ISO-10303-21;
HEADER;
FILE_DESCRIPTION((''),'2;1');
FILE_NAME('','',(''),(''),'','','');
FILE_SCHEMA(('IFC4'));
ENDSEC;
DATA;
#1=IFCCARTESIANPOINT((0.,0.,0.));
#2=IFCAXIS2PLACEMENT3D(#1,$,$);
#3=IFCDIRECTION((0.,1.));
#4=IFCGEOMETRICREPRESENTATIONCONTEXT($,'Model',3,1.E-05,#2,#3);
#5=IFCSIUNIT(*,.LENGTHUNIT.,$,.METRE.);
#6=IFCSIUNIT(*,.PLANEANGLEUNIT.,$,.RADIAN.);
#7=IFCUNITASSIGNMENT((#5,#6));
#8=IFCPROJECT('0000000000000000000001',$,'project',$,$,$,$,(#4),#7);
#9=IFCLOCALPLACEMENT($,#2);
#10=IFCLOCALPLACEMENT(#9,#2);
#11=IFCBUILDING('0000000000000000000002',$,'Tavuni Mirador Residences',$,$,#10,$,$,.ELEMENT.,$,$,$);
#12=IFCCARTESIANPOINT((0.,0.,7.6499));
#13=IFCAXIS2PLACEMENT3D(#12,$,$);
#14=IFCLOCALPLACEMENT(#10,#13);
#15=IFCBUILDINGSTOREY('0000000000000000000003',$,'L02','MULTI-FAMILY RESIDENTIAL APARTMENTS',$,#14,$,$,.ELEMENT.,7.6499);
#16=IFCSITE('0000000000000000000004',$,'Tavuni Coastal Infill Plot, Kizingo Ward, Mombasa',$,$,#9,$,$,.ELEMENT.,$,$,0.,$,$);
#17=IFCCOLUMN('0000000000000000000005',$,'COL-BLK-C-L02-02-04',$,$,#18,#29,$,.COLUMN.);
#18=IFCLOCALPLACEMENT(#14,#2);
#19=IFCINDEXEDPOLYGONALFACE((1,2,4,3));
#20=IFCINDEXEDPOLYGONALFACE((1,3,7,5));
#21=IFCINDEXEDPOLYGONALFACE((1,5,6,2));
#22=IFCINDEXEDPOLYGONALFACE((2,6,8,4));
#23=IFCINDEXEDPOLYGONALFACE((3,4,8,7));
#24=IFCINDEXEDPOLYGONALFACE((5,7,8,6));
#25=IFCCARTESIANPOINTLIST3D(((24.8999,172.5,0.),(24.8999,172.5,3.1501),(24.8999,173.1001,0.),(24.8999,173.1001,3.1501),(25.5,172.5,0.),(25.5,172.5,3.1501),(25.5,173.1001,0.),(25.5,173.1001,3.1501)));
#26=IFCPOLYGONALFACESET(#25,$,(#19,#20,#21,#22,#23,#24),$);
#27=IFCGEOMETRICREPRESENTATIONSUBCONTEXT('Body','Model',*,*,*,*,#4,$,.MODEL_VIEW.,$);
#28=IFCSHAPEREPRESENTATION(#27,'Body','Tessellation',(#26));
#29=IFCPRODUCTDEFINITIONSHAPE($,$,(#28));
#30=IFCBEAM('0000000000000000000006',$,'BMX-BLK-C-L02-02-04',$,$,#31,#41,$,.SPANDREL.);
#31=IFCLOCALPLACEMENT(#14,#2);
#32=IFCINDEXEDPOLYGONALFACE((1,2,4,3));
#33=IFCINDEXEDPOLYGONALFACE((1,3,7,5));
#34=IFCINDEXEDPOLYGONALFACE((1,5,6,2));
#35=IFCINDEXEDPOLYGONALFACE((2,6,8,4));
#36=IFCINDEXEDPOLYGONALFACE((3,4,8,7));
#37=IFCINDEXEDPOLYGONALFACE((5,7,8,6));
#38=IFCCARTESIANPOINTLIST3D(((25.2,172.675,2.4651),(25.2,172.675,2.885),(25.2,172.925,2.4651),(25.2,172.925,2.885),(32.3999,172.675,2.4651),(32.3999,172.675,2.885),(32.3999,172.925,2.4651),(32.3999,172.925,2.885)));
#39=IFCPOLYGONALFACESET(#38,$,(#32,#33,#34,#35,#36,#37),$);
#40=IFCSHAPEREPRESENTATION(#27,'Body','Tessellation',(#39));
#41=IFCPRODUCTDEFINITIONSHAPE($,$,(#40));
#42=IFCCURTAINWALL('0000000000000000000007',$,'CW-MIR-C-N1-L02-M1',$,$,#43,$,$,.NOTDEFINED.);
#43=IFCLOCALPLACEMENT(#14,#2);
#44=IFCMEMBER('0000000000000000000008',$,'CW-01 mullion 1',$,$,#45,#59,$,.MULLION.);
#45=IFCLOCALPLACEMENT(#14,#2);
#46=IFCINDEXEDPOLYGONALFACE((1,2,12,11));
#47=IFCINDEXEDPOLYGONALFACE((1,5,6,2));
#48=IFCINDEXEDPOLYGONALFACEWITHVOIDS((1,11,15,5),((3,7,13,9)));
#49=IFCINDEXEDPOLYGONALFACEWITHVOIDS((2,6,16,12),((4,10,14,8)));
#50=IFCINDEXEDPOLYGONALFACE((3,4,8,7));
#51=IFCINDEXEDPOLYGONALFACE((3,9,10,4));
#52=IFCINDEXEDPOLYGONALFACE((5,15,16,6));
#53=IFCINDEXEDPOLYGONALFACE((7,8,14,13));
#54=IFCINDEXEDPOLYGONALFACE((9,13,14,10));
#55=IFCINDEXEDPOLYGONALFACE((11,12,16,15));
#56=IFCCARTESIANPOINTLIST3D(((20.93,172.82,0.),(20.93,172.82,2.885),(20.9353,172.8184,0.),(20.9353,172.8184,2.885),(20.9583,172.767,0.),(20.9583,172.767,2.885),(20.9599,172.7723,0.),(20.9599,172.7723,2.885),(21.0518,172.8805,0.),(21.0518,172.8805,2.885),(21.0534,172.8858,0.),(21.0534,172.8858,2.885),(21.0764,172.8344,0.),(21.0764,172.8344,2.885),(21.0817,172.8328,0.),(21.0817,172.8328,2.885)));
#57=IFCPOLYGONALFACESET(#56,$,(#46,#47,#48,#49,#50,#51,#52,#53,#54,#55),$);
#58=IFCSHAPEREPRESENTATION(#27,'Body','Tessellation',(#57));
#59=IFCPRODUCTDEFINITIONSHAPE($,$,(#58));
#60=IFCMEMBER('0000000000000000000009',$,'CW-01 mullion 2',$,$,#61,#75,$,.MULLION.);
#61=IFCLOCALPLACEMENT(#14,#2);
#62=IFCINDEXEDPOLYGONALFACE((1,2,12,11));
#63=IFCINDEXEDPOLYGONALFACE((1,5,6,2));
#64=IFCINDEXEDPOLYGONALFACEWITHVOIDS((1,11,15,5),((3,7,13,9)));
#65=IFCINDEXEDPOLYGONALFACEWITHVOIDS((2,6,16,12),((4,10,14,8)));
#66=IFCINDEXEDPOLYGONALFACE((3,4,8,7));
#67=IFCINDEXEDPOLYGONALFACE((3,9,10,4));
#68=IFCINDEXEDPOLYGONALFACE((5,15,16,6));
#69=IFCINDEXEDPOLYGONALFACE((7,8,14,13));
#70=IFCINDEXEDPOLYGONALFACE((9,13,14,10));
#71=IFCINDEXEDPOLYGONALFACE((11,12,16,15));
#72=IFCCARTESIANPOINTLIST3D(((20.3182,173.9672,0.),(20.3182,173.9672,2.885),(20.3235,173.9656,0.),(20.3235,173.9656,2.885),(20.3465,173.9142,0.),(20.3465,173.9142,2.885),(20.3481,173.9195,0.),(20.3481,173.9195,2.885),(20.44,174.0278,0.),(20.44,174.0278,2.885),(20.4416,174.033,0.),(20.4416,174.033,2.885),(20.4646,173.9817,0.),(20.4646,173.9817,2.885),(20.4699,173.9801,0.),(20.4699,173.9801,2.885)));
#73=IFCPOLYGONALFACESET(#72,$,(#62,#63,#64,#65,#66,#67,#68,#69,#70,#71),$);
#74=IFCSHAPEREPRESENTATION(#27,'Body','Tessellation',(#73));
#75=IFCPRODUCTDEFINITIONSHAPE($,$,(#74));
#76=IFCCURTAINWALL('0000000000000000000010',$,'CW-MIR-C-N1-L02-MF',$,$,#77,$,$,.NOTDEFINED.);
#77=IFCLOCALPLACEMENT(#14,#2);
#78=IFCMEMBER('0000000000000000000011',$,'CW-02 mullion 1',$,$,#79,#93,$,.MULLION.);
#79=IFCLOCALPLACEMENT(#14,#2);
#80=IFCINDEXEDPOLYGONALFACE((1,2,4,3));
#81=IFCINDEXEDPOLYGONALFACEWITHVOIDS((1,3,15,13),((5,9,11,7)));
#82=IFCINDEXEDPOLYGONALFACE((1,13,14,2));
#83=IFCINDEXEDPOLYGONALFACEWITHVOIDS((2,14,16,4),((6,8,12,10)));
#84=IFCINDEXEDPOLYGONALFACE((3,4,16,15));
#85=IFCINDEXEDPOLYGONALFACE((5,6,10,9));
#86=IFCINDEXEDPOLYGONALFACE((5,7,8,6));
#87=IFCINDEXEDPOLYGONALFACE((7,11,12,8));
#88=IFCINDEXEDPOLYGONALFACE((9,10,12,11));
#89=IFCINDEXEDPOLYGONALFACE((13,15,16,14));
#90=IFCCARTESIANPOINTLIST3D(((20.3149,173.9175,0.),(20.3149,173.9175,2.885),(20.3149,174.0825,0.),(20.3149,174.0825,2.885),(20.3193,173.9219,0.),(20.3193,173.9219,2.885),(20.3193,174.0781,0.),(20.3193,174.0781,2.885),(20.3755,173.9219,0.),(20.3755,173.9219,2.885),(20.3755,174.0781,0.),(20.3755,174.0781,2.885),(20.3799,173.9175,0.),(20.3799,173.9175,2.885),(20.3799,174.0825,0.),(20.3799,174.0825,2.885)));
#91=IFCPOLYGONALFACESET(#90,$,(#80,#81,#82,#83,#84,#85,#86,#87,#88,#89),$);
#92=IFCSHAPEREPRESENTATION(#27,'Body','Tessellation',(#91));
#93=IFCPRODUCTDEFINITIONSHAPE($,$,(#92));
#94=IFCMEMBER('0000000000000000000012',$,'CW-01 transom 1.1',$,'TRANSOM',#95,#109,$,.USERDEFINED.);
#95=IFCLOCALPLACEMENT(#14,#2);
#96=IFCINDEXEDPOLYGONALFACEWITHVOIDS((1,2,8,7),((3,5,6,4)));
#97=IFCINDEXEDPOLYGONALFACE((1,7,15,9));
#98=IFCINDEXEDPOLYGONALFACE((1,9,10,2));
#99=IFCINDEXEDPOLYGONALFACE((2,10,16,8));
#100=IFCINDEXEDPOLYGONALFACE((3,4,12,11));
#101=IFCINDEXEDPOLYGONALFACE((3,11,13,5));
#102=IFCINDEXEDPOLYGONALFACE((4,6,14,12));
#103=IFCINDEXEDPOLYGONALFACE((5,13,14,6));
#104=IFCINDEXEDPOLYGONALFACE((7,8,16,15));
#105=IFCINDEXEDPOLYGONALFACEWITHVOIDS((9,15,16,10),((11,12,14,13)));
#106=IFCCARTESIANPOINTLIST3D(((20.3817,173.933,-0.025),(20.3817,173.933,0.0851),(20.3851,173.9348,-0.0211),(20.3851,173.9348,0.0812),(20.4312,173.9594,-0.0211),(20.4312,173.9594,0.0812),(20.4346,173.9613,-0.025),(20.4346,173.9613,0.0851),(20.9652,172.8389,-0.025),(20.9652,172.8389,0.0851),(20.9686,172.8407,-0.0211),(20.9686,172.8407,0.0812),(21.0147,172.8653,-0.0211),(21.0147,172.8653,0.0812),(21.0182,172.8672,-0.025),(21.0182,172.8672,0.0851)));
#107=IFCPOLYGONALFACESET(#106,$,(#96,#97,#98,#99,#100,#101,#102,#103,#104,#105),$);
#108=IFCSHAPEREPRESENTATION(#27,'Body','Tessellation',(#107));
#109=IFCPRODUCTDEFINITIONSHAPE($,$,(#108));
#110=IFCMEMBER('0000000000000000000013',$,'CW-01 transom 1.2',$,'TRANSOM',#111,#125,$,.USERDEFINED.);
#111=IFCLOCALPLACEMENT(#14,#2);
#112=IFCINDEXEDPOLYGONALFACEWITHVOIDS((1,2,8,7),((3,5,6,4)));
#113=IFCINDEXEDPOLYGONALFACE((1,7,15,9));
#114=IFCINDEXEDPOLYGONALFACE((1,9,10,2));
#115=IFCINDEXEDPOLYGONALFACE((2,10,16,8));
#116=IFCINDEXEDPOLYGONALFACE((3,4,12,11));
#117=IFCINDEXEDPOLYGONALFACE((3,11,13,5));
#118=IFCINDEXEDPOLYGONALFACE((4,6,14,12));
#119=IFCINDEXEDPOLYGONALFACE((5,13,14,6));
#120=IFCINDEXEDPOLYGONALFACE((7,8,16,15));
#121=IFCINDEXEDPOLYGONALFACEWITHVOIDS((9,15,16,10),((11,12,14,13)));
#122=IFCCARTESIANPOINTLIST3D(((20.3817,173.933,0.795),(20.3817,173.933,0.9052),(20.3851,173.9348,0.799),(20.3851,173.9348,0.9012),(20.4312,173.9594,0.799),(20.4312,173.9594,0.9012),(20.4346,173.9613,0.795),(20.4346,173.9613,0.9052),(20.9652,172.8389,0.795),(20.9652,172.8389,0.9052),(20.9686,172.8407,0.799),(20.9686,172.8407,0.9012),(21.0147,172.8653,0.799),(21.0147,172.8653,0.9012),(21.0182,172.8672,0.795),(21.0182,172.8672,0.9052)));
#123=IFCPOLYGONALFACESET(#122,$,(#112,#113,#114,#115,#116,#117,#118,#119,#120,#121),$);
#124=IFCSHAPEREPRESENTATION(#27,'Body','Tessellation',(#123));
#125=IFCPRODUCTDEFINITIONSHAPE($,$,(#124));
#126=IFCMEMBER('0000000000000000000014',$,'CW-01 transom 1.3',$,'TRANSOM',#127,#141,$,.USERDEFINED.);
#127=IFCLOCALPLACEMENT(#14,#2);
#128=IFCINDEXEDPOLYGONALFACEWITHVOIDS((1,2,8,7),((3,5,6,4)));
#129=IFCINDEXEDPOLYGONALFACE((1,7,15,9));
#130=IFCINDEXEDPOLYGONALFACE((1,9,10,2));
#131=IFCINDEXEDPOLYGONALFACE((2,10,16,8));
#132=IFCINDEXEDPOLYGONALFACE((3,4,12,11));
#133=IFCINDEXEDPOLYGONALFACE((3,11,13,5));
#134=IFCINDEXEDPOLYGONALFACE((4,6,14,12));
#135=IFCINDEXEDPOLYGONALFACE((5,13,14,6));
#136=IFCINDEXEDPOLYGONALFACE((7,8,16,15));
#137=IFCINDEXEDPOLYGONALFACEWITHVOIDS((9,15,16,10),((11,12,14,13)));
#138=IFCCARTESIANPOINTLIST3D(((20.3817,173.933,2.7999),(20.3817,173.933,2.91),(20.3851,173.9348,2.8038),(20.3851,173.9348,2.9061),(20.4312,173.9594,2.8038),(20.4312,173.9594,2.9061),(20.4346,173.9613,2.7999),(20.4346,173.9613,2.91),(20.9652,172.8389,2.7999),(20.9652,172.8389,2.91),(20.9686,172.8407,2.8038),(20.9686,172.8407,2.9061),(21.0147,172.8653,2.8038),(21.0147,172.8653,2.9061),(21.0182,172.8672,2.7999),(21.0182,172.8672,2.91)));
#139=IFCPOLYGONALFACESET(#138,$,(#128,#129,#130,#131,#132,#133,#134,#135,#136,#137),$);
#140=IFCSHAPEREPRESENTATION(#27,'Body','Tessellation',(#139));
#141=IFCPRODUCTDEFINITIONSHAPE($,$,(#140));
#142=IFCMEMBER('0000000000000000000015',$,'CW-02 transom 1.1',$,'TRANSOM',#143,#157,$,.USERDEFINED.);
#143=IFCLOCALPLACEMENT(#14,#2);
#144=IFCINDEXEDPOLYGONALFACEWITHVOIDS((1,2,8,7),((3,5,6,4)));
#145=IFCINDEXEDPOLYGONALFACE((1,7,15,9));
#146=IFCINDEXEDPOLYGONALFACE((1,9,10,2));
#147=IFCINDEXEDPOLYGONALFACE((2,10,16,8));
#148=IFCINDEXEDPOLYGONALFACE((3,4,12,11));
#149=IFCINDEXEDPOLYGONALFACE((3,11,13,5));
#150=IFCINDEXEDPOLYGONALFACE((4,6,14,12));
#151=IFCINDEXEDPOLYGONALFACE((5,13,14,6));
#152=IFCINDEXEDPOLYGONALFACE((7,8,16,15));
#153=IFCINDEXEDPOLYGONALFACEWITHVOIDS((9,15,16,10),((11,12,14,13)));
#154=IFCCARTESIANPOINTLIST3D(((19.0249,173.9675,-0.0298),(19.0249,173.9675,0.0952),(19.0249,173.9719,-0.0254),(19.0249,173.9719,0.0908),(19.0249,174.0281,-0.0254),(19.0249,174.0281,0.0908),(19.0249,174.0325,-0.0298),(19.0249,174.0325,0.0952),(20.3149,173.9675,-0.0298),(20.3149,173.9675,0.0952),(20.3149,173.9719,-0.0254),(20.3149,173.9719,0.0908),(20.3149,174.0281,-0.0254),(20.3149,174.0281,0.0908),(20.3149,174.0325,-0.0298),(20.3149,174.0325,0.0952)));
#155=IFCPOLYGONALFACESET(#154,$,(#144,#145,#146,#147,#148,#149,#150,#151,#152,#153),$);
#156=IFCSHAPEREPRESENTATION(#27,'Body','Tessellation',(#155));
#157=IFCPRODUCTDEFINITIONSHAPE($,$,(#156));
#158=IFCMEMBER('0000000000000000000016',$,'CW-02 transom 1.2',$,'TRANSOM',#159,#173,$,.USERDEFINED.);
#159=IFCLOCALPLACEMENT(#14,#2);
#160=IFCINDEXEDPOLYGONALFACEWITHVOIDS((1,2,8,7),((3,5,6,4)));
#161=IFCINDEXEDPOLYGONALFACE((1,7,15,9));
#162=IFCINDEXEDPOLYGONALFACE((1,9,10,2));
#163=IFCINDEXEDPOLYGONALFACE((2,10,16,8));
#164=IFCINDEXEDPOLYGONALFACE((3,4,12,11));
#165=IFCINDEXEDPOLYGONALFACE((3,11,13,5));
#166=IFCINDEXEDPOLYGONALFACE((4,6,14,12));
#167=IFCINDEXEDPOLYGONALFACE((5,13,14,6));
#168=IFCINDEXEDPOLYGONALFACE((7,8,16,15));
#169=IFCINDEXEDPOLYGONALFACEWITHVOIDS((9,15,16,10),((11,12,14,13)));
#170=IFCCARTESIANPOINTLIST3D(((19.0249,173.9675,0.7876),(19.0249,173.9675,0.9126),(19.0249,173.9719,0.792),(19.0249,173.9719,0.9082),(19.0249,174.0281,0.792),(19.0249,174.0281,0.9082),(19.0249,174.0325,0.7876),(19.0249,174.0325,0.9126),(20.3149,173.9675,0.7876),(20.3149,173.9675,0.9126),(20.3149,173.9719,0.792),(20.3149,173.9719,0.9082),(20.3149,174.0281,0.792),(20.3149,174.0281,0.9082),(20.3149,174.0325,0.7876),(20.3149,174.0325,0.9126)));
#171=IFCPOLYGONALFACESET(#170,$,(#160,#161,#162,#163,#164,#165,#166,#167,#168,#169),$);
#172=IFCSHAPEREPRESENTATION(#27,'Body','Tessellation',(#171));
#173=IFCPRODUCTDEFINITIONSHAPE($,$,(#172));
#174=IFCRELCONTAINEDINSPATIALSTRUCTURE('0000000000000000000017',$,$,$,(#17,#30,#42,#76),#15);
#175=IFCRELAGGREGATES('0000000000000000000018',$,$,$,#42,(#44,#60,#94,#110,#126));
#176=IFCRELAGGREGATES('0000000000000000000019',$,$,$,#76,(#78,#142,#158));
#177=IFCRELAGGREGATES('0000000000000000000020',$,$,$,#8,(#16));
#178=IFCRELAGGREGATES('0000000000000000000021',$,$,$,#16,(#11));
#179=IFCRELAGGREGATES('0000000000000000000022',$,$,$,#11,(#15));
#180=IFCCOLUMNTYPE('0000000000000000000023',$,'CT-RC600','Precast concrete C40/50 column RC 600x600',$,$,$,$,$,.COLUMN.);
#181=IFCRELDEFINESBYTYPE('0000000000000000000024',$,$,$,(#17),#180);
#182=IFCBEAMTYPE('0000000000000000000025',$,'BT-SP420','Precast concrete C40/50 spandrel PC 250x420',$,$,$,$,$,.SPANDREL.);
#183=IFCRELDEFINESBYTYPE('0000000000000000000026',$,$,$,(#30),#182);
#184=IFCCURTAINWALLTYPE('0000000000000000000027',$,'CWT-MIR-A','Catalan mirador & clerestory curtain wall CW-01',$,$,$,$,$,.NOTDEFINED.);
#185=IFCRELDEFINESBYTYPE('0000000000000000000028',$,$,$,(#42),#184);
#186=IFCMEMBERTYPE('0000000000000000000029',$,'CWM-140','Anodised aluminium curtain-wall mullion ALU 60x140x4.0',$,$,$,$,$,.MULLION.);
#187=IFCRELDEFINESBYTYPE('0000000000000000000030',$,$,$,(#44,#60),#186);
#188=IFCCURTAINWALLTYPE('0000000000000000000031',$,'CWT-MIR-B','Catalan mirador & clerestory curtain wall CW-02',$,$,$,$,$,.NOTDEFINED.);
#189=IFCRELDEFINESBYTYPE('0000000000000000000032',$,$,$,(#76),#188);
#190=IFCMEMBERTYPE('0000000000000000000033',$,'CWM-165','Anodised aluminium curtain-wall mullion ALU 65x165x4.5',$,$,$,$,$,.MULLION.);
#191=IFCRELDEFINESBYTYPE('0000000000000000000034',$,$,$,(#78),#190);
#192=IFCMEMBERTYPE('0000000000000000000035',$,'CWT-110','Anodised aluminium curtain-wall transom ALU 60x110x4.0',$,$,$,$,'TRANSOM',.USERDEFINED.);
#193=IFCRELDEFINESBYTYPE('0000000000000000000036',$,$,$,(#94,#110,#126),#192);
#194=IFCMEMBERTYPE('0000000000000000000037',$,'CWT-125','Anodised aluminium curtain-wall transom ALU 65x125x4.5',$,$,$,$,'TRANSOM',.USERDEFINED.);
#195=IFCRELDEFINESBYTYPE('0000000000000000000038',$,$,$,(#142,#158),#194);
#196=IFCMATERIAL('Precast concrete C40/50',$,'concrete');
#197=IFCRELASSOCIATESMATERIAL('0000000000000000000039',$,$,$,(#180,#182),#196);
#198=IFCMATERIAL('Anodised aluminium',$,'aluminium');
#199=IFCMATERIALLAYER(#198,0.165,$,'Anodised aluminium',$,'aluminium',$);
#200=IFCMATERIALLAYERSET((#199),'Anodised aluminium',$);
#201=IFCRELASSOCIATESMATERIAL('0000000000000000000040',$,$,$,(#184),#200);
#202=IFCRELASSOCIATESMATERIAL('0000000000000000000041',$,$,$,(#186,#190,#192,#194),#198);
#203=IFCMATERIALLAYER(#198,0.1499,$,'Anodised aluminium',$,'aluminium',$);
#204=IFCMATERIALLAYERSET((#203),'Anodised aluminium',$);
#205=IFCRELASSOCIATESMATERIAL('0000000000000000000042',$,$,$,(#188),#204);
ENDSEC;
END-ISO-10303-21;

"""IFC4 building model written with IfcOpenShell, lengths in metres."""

from ifc_helpers import new_model, si_unit, direction, frame, origin, origin_2d, place, context, subcontext, project, spatial, rectangle, hollow_rectangle, extrude, material, layer, layer_set, material_profile, profile_set, type_object, element, aggregate, save


model = new_model("IFC4")

# Units and contexts
model_context = context("Model", 3, precision=1e-05, world=origin(), true_north=direction((0.0, 1.0)))
body_context = subcontext(model_context, "Body", "Model", "MODEL_VIEW")
ifc_project = project(units=[si_unit("LENGTHUNIT", "METRE"), si_unit("PLANEANGLEUNIT", "RADIAN")], contexts=[model_context])

# Site, building, storey
site_placement = place(None, origin())
site = spatial("IfcSite", under=ifc_project, at=site_placement, Name="Tavuni Coastal Infill Plot, Kizingo Ward, Mombasa", CompositionType="ELEMENT", RefElevation=0.0)
building_placement = place(site_placement, origin())
building = spatial("IfcBuilding", under=site, at=building_placement, Name="Tavuni Mirador Residences", CompositionType="ELEMENT")
storey_placement = place(building_placement, frame((0.0, 0.0, 7.6499)))
storey = spatial("IfcBuildingStorey", under=building, at=storey_placement, Name="L02", Description="MULTI-FAMILY RESIDENTIAL APARTMENTS", CompositionType="ELEMENT", Elevation=7.6499)

# Column
ifc_material_1 = material(Name="Precast concrete C40/50", Category="concrete")
ifc_material_profile_1 = material_profile(ifc_material_1, rectangle(XDim=0.6001, YDim=0.6001, at=origin_2d()), Name="RC 600x600", Category="concrete")
ifc_profile_set_1 = profile_set([ifc_material_profile_1], Name="Precast concrete C40/50")
column_type = type_object("IfcColumnType", Name="CT-RC600", Description="Precast concrete C40/50 column RC 600x600", PredefinedType="COLUMN", material=ifc_profile_set_1)
column_placement = place(storey_placement, frame((25.2, 172.8, 0.0), z_axis=(0.0, 0.0, 1.0), x_axis=(1.0, 0.0, 0.0)))
element("IfcColumn", 1, at=column_placement, inside=storey, type_object=column_type, Name="COL-BLK-C-L02-02-04", PredefinedType="COLUMN", context=body_context, shape_type="SweptSolid", body=[
    extrude(rectangle(XDim=0.6001, YDim=0.6001, at=origin_2d()), origin(), (0.0, 0.0, 1.0), 3.1501),
])

# Beam
ifc_material_profile_2 = material_profile(ifc_material_1, rectangle(XDim=0.25, YDim=0.4199, at=origin_2d()), Name="PC 250x420", Category="concrete")
ifc_profile_set_2 = profile_set([ifc_material_profile_2], Name="Precast concrete C40/50")
beam_type = type_object("IfcBeamType", Name="BT-SP420", Description="Precast concrete C40/50 spandrel PC 250x420", PredefinedType="SPANDREL", material=ifc_profile_set_2)
beam_placement = place(storey_placement, frame((25.2, 172.8, 2.675), z_axis=(1.0, 0.0, 0.0), x_axis=(0.0, 1.0, 0.0)))
element("IfcBeam", 2, at=beam_placement, inside=storey, type_object=beam_type, Name="BMX-BLK-C-L02-02-04", PredefinedType="SPANDREL", context=body_context, shape_type="SweptSolid", body=[
    extrude(rectangle(XDim=0.25, YDim=0.4199, at=origin_2d()), origin(), (0.0, 0.0, 1.0), 7.2),
])

# Curtain wall, members
ifc_material_2 = material(Name="Anodised aluminium", Category="aluminium")
ifc_layer_1 = layer(ifc_material_2, 0.165, Name="Anodised aluminium", Category="aluminium")
ifc_layer_set_1 = layer_set([ifc_layer_1], Name="Anodised aluminium")
curtain_wall_type_1 = type_object("IfcCurtainWallType", Name="CWT-MIR-A", Description="Catalan mirador & clerestory curtain wall CW-01", PredefinedType="NOTDEFINED", material=ifc_layer_set_1)
curtain_wall_1_placement = place(storey_placement, origin())
curtain_wall_1 = element("IfcCurtainWall", 3, at=curtain_wall_1_placement, inside=storey, type_object=curtain_wall_type_1, Name="CW-MIR-C-N1-L02-M1", PredefinedType="NOTDEFINED")
ifc_material_profile_3 = material_profile(ifc_material_2, hollow_rectangle(XDim=0.0601, YDim=0.1399, WallThickness=0.0039, at=origin_2d()), Name="ALU 60x140x4.0", Category="aluminium")
ifc_profile_set_3 = profile_set([ifc_material_profile_3], Name="Anodised aluminium")
member_type_1 = type_object("IfcMemberType", Name="CWM-140", Description="Anodised aluminium curtain-wall mullion ALU 60x140x4.0", PredefinedType="MULLION", material=ifc_profile_set_3)
member_1_placement = place(storey_placement, frame((21.0059, 172.8264, 0.0), z_axis=(0.0, 0.0, 1.0), x_axis=(-0.470588, 0.882353, 0.0)))
member_1 = element("IfcMember", 4, at=member_1_placement, type_object=member_type_1, Name="CW-01 mullion 1", PredefinedType="MULLION", context=body_context, shape_type="SweptSolid", body=[
    extrude(hollow_rectangle(XDim=0.0601, YDim=0.1399, WallThickness=0.0039, at=origin_2d()), origin(), (0.0, 0.0, 1.0), 2.885),
])
member_2_placement = place(storey_placement, frame((20.394, 173.9736, 0.0), z_axis=(0.0, 0.0, 1.0), x_axis=(-0.470588, 0.882353, 0.0)))
member_2 = element("IfcMember", 5, at=member_2_placement, type_object=member_type_1, Name="CW-01 mullion 2", PredefinedType="MULLION", context=body_context, shape_type="SweptSolid", body=[
    extrude(hollow_rectangle(XDim=0.0601, YDim=0.1399, WallThickness=0.0039, at=origin_2d()), origin(), (0.0, 0.0, 1.0), 2.885),
])

# Curtain wall, member
ifc_layer_2 = layer(ifc_material_2, 0.1499, Name="Anodised aluminium", Category="aluminium")
ifc_layer_set_2 = layer_set([ifc_layer_2], Name="Anodised aluminium")
curtain_wall_type_2 = type_object("IfcCurtainWallType", Name="CWT-MIR-B", Description="Catalan mirador & clerestory curtain wall CW-02", PredefinedType="NOTDEFINED", material=ifc_layer_set_2)
curtain_wall_2_placement = place(storey_placement, origin())
curtain_wall_2 = element("IfcCurtainWall", 6, at=curtain_wall_2_placement, inside=storey, type_object=curtain_wall_type_2, Name="CW-MIR-C-N1-L02-MF", PredefinedType="NOTDEFINED")
ifc_material_profile_4 = material_profile(ifc_material_2, hollow_rectangle(XDim=0.0649, YDim=0.165, WallThickness=0.0044, at=origin_2d()), Name="ALU 65x165x4.5", Category="aluminium")
ifc_profile_set_4 = profile_set([ifc_material_profile_4], Name="Anodised aluminium")
member_type_2 = type_object("IfcMemberType", Name="CWM-165", Description="Anodised aluminium curtain-wall mullion ALU 65x165x4.5", PredefinedType="MULLION", material=ifc_profile_set_4)
member_3_placement = place(storey_placement, frame((20.3474, 174.0, 0.0), z_axis=(0.0, 0.0, 1.0), x_axis=(-1.0, 0.0, 0.0)))
member_3 = element("IfcMember", 7, at=member_3_placement, type_object=member_type_2, Name="CW-02 mullion 1", PredefinedType="MULLION", context=body_context, shape_type="SweptSolid", body=[
    extrude(hollow_rectangle(XDim=0.0649, YDim=0.165, WallThickness=0.0044, at=origin_2d()), origin(), (0.0, 0.0, 1.0), 2.885),
])

# Members
ifc_material_profile_5 = material_profile(ifc_material_2, hollow_rectangle(XDim=0.0601, YDim=0.1101, WallThickness=0.0039, at=origin_2d()), Name="ALU 60x110x4.0", Category="aluminium")
ifc_profile_set_5 = profile_set([ifc_material_profile_5], Name="Anodised aluminium")
member_type_3 = type_object("IfcMemberType", Name="CWT-110", Description="Anodised aluminium curtain-wall transom ALU 60x110x4.0", ElementType="TRANSOM", PredefinedType="USERDEFINED", material=ifc_profile_set_5)
member_4_placement = place(storey_placement, frame((20.9917, 172.853, 0.03), z_axis=(-0.470609, 0.882342, 0.0), x_axis=(-0.882342, -0.470609, 0.0)))
member_4 = element("IfcMember", 8, at=member_4_placement, type_object=member_type_3, Name="CW-01 transom 1.1", ObjectType="TRANSOM", PredefinedType="USERDEFINED", context=body_context, shape_type="SweptSolid", body=[
    extrude(hollow_rectangle(XDim=0.0601, YDim=0.1101, WallThickness=0.0039, at=origin_2d()), origin(), (0.0, 0.0, 1.0), 1.24),
])
member_5_placement = place(storey_placement, frame((20.9917, 172.853, 0.8501), z_axis=(-0.470609, 0.882342, 0.0), x_axis=(-0.882342, -0.470609, 0.0)))
member_5 = element("IfcMember", 9, at=member_5_placement, type_object=member_type_3, Name="CW-01 transom 1.2", ObjectType="TRANSOM", PredefinedType="USERDEFINED", context=body_context, shape_type="SweptSolid", body=[
    extrude(hollow_rectangle(XDim=0.0601, YDim=0.1101, WallThickness=0.0039, at=origin_2d()), origin(), (0.0, 0.0, 1.0), 1.24),
])
member_6_placement = place(storey_placement, frame((20.9917, 172.853, 2.855), z_axis=(-0.470609, 0.882342, 0.0), x_axis=(-0.882342, -0.470609, 0.0)))
member_6 = element("IfcMember", 10, at=member_6_placement, type_object=member_type_3, Name="CW-01 transom 1.3", ObjectType="TRANSOM", PredefinedType="USERDEFINED", context=body_context, shape_type="SweptSolid", body=[
    extrude(hollow_rectangle(XDim=0.0601, YDim=0.1101, WallThickness=0.0039, at=origin_2d()), origin(), (0.0, 0.0, 1.0), 1.24),
])
ifc_material_profile_6 = material_profile(ifc_material_2, hollow_rectangle(XDim=0.0649, YDim=0.125, WallThickness=0.0044, at=origin_2d()), Name="ALU 65x125x4.5", Category="aluminium")
ifc_profile_set_6 = profile_set([ifc_material_profile_6], Name="Anodised aluminium")
member_type_4 = type_object("IfcMemberType", Name="CWT-125", Description="Anodised aluminium curtain-wall transom ALU 65x125x4.5", ElementType="TRANSOM", PredefinedType="USERDEFINED", material=ifc_profile_set_6)
member_7_placement = place(storey_placement, frame((20.3149, 174.0, 0.0327), z_axis=(-1.0, 0.0, 0.0), x_axis=(0.0, -1.0, 0.0)))
member_7 = element("IfcMember", 11, at=member_7_placement, type_object=member_type_4, Name="CW-02 transom 1.1", ObjectType="TRANSOM", PredefinedType="USERDEFINED", context=body_context, shape_type="SweptSolid", body=[
    extrude(hollow_rectangle(XDim=0.0649, YDim=0.125, WallThickness=0.0044, at=origin_2d()), origin(), (0.0, 0.0, 1.0), 1.29),
])
member_8_placement = place(storey_placement, frame((20.3149, 174.0, 0.8501), z_axis=(-1.0, 0.0, 0.0), x_axis=(0.0, -1.0, 0.0)))
member_8 = element("IfcMember", 12, at=member_8_placement, type_object=member_type_4, Name="CW-02 transom 1.2", ObjectType="TRANSOM", PredefinedType="USERDEFINED", context=body_context, shape_type="SweptSolid", body=[
    extrude(hollow_rectangle(XDim=0.0649, YDim=0.125, WallThickness=0.0044, at=origin_2d()), origin(), (0.0, 0.0, 1.0), 1.29),
])

aggregate(curtain_wall_1, [member_1, member_2, member_4, member_5, member_6])
aggregate(curtain_wall_2, [member_3, member_7, member_8])

save(model, "model.ifc")
